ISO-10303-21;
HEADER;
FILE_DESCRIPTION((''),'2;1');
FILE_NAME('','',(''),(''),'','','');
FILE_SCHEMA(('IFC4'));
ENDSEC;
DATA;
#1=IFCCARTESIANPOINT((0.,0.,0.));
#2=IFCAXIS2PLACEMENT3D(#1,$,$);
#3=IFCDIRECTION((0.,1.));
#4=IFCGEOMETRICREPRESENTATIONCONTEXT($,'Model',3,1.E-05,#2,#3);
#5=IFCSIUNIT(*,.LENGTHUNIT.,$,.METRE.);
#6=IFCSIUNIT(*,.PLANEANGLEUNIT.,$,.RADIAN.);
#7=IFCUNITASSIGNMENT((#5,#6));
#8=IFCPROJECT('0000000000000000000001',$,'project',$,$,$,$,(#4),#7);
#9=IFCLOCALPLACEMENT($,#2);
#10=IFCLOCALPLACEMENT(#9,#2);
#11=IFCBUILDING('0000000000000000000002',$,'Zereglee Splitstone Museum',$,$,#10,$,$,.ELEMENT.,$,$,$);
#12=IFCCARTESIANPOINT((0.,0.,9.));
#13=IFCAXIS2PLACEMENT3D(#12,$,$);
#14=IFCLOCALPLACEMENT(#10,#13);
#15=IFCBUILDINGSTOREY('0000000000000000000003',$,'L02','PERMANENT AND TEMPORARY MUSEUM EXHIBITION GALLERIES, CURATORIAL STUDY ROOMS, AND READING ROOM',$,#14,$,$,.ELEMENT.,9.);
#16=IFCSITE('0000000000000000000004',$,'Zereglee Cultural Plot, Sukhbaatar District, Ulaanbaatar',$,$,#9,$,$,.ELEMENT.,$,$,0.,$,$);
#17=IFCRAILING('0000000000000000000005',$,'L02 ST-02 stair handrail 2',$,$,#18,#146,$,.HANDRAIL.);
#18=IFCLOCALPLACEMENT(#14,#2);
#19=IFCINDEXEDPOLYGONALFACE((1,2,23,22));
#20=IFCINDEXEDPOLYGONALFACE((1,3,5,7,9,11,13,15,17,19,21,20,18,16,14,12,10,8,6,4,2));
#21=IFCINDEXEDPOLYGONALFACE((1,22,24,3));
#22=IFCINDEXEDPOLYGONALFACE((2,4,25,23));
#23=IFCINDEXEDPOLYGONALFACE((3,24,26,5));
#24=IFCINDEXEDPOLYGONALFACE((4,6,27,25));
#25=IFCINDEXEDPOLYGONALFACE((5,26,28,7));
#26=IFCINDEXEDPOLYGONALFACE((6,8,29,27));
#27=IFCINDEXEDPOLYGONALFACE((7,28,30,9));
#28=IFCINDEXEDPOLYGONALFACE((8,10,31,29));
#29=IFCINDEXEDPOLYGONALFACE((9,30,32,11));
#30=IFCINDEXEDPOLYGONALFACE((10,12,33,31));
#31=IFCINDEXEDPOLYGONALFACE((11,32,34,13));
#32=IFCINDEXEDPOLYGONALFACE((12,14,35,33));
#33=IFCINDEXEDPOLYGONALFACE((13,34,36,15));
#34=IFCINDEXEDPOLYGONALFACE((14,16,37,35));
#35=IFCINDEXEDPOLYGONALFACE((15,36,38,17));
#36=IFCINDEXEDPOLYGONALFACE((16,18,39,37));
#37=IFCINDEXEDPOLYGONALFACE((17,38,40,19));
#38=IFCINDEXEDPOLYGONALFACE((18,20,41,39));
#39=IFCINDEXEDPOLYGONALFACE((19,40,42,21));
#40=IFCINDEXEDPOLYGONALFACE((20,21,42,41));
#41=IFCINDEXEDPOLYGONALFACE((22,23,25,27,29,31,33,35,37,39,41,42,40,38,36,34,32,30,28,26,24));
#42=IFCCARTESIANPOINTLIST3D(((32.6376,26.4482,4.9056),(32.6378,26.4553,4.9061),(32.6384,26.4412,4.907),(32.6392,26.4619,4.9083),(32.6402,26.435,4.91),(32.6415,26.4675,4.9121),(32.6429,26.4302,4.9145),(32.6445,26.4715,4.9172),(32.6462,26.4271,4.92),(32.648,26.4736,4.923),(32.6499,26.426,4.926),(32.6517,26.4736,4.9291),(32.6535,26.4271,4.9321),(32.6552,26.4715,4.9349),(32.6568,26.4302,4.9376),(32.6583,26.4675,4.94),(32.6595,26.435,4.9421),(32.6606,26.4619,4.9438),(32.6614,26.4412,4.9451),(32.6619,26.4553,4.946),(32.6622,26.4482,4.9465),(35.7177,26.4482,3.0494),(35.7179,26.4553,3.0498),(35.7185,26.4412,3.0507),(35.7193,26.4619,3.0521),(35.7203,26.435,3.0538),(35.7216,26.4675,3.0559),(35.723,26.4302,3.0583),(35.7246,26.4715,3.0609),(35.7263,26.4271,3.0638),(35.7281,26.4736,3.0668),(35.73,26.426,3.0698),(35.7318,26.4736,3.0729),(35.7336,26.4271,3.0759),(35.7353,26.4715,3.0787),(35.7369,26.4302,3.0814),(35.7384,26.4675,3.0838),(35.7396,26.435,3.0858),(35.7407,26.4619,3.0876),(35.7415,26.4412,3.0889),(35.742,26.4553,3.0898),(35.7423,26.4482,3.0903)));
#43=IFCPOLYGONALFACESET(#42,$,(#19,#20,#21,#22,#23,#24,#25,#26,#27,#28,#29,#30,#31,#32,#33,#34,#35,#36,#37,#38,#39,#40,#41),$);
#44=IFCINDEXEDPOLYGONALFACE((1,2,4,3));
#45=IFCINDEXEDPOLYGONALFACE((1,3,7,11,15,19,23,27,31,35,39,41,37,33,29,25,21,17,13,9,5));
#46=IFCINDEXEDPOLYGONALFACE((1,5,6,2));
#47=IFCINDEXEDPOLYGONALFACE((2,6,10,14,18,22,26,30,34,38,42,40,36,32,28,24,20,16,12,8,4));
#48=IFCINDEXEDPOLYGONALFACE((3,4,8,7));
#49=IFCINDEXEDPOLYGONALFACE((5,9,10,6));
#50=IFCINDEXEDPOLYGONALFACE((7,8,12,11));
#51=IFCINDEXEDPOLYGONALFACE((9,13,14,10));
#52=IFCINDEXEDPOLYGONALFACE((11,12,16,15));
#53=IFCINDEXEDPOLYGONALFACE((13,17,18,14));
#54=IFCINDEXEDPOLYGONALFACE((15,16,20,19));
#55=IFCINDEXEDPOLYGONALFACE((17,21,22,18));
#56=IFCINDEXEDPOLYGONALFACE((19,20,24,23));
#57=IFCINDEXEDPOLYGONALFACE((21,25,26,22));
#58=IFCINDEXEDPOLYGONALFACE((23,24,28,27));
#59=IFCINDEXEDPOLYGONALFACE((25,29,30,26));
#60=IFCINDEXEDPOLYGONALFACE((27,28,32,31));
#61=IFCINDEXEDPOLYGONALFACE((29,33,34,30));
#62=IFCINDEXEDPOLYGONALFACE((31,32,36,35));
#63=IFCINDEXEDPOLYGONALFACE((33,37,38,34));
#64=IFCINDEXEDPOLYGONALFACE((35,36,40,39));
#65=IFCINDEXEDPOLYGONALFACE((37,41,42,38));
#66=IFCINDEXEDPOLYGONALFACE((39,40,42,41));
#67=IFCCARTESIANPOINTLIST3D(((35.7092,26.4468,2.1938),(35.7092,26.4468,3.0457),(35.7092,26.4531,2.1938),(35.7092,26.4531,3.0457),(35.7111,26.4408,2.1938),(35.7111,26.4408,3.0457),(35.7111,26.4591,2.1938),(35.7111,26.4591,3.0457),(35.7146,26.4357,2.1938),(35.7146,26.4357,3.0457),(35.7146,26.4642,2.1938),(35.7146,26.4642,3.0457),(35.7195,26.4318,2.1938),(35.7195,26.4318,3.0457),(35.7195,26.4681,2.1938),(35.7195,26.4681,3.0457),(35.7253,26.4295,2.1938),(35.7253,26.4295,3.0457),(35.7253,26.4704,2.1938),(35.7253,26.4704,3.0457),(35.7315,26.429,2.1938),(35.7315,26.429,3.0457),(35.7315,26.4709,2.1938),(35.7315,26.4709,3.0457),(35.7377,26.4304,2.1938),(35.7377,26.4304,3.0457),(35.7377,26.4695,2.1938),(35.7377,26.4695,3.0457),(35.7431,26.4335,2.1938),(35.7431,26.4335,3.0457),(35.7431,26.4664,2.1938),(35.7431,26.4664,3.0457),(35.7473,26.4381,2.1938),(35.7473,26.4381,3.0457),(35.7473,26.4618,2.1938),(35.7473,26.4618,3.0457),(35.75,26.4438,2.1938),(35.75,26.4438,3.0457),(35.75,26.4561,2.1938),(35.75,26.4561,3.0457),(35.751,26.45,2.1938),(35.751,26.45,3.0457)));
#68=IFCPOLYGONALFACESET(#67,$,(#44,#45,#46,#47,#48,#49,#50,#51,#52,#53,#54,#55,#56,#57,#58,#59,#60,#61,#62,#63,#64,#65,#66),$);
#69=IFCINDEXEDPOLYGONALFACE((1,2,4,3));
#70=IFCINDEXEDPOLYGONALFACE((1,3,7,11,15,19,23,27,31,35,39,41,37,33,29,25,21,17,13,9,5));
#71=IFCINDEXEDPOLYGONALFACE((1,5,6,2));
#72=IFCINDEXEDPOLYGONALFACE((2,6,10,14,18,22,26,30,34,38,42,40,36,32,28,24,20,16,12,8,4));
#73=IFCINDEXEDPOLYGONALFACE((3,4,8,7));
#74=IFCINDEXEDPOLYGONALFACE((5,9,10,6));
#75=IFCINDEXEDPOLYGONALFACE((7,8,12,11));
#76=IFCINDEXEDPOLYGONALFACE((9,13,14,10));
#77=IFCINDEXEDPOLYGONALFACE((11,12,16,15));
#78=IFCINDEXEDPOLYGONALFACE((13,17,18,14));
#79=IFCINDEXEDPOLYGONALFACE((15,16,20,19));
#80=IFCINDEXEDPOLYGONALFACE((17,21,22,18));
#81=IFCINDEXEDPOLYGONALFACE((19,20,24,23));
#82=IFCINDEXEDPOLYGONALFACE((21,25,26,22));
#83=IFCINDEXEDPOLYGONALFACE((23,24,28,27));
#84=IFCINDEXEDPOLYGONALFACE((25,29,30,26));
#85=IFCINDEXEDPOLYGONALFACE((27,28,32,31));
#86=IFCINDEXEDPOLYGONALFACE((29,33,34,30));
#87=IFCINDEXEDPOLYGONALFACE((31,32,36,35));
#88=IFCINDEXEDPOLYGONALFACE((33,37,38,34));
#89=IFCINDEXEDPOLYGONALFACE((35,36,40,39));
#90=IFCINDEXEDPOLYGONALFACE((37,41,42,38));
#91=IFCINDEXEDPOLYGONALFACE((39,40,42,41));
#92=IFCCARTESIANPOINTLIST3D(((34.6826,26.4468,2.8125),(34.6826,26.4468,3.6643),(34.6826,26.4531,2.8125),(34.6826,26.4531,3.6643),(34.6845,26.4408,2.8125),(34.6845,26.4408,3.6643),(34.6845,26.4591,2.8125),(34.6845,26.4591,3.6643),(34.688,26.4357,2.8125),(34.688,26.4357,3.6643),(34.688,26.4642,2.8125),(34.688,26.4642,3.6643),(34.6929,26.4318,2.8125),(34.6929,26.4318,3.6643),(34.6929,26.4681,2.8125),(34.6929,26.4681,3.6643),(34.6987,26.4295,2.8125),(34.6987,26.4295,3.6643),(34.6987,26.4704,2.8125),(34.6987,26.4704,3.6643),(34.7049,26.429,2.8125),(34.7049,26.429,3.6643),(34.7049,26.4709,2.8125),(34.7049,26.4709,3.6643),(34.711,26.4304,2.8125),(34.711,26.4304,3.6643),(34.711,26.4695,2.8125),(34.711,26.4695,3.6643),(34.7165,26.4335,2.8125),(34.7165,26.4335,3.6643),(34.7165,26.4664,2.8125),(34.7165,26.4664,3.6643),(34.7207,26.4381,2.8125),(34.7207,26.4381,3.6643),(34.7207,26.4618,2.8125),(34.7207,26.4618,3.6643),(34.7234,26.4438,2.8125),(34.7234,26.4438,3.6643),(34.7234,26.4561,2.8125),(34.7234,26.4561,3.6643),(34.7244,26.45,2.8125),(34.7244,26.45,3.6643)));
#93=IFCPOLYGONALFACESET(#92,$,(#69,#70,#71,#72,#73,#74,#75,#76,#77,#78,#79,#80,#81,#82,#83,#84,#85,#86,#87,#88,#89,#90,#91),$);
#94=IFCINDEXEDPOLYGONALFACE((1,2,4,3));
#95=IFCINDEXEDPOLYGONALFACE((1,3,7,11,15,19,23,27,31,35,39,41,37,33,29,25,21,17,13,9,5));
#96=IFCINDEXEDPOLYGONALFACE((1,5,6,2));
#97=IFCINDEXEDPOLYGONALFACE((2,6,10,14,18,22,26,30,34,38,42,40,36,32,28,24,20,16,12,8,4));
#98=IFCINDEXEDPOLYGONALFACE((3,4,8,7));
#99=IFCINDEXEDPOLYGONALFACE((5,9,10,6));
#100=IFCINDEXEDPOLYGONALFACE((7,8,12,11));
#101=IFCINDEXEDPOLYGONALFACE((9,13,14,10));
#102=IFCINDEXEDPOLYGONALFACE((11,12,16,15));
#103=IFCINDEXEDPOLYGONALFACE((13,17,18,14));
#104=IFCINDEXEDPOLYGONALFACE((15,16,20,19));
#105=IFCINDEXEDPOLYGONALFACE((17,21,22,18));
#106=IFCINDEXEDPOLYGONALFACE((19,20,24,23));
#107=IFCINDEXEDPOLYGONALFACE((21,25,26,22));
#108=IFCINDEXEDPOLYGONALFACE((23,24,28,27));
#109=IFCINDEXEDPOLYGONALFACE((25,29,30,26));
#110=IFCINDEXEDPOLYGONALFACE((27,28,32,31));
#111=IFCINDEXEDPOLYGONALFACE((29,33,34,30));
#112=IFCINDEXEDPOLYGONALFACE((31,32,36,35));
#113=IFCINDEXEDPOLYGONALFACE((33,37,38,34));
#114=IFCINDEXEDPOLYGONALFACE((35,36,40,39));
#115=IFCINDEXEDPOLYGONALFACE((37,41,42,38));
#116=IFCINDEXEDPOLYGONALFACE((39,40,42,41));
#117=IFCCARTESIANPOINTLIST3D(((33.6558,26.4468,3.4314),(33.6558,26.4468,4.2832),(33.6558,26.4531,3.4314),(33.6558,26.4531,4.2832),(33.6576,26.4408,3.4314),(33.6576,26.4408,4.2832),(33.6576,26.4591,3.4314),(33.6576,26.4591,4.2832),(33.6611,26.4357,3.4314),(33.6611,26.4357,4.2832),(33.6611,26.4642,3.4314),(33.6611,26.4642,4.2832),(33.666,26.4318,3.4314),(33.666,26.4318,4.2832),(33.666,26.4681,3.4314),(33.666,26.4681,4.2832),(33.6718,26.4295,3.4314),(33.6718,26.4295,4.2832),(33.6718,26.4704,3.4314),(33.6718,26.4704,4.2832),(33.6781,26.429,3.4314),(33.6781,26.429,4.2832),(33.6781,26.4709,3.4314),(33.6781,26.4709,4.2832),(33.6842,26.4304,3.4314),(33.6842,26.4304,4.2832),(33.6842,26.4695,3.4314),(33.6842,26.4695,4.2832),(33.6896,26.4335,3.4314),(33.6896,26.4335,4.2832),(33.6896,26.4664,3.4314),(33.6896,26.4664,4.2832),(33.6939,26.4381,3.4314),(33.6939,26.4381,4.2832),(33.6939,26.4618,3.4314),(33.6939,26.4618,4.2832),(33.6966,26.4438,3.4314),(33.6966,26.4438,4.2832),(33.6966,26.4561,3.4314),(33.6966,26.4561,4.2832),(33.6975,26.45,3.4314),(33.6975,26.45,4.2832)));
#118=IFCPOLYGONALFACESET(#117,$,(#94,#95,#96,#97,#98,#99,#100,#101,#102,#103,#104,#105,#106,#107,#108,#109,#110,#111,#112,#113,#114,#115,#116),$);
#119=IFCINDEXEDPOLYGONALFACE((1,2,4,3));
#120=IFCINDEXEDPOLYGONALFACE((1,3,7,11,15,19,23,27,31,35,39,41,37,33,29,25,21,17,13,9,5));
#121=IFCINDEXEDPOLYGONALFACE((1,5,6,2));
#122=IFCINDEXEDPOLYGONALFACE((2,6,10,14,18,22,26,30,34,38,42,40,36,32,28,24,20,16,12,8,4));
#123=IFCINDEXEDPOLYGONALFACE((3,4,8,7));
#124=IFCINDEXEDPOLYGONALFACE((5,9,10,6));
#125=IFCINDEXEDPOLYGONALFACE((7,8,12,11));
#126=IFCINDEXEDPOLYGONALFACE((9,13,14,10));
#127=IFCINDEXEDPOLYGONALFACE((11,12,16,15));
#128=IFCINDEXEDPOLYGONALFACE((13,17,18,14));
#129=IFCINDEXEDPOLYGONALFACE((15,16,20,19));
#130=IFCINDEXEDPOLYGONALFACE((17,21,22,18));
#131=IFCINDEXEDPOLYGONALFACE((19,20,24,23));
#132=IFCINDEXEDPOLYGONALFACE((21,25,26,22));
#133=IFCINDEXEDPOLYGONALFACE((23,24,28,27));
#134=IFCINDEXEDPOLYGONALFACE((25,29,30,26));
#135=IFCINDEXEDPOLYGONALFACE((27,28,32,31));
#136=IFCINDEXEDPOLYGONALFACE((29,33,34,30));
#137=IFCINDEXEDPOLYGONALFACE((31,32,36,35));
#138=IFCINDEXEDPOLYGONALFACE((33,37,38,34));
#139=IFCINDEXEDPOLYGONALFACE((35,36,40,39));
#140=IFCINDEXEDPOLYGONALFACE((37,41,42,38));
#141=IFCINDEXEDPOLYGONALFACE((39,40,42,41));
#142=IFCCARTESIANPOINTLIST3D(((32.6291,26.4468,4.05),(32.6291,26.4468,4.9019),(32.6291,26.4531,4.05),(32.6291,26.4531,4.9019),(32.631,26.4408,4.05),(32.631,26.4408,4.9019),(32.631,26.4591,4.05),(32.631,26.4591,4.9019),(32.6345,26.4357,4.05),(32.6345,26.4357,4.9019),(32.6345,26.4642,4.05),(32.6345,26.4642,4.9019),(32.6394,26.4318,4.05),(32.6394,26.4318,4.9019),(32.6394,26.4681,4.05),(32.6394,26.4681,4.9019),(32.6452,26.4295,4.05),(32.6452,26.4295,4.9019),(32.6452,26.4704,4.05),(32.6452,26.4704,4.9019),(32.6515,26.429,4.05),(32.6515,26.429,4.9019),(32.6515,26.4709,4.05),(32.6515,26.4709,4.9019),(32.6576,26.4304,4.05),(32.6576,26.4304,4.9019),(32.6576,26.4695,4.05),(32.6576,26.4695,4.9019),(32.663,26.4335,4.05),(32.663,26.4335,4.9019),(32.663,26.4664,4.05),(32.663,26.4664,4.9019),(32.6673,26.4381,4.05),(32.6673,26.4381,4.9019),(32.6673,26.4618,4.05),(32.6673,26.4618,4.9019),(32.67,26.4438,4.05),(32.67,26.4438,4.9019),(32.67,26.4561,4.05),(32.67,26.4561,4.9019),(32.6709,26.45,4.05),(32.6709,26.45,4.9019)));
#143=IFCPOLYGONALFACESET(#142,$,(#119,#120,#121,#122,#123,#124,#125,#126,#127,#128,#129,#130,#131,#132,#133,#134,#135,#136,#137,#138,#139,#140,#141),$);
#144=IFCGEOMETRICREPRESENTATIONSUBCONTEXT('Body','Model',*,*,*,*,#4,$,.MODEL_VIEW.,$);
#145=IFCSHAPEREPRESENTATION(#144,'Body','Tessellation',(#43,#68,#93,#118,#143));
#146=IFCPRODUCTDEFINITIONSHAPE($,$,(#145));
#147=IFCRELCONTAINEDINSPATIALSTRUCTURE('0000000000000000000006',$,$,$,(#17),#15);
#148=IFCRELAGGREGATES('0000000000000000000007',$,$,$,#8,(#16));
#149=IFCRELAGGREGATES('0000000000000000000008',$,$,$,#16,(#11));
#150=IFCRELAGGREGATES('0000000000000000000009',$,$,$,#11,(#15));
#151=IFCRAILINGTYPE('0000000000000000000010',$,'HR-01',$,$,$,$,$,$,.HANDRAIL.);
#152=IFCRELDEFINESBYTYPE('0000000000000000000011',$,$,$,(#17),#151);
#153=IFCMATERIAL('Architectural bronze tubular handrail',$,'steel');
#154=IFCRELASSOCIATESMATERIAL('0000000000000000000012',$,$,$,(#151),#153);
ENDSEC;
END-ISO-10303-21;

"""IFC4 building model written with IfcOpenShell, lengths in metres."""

from ifc_helpers import new_model, si_unit, direction, frame, origin, origin_2d, place, context, subcontext, project, spatial, circle, extrude, material, type_object, element, save


model = new_model("IFC4")

# Units and contexts
model_context = context("Model", 3, precision=1e-05, world=origin(), true_north=direction((0.0, 1.0)))
body_context = subcontext(model_context, "Body", "Model", "MODEL_VIEW")
ifc_project = project(units=[si_unit("LENGTHUNIT", "METRE"), si_unit("PLANEANGLEUNIT", "RADIAN")], contexts=[model_context])

# Site, building, storey
site_placement = place(None, origin())
site = spatial("IfcSite", under=ifc_project, at=site_placement, Name="Zereglee Cultural Plot, Sukhbaatar District, Ulaanbaatar", CompositionType="ELEMENT", RefElevation=0.0)
building_placement = place(site_placement, origin())
building = spatial("IfcBuilding", under=site, at=building_placement, Name="Zereglee Splitstone Museum", CompositionType="ELEMENT")
storey_placement = place(building_placement, frame((0.0, 0.0, 9.0)))
storey = spatial("IfcBuildingStorey", under=building, at=storey_placement, Name="L02", Description="PERMANENT AND TEMPORARY MUSEUM EXHIBITION GALLERIES, CURATORIAL STUDY ROOMS, AND READING ROOM", CompositionType="ELEMENT", Elevation=9.0)

# Railing
ifc_material_1 = material(Name="Architectural bronze tubular handrail", Category="steel")
railing_type_1 = type_object("IfcRailingType", Name="HR-01", PredefinedType="HANDRAIL", material=ifc_material_1)
railing_1_placement = place(storey_placement, frame((35.73, 26.45, 2.1938)))
element("IfcRailing", 1, at=railing_1_placement, inside=storey, type_object=railing_type_1, Name="L02 ST-02 stair handrail 2", PredefinedType="HANDRAIL", context=body_context, shape_type="SweptSolid", body=[
    extrude(circle(Radius=0.0239, at=origin_2d()), frame((0.0, 0.0, 0.876), z_axis=(-0.856491, 0.0, 0.516162), x_axis=(0.0, -1.0, 0.0)), (0.0, 0.0, 1.0), 3.5962),
    extrude(circle(Radius=0.021, at=origin_2d()), origin(), (0.0, 0.0, 1.0), 0.8518),
    extrude(circle(Radius=0.021, at=origin_2d()), frame((-1.0266, 0.0, 0.6187)), (0.0, 0.0, 1.0), 0.8518),
    extrude(circle(Radius=0.021, at=origin_2d()), frame((-2.0535, 0.0, 1.2375)), (0.0, 0.0, 1.0), 0.8518),
    extrude(circle(Radius=0.021, at=origin_2d()), frame((-3.0801, 0.0, 1.8562)), (0.0, 0.0, 1.0), 0.8518),
])

save(model, "model.ifc")
